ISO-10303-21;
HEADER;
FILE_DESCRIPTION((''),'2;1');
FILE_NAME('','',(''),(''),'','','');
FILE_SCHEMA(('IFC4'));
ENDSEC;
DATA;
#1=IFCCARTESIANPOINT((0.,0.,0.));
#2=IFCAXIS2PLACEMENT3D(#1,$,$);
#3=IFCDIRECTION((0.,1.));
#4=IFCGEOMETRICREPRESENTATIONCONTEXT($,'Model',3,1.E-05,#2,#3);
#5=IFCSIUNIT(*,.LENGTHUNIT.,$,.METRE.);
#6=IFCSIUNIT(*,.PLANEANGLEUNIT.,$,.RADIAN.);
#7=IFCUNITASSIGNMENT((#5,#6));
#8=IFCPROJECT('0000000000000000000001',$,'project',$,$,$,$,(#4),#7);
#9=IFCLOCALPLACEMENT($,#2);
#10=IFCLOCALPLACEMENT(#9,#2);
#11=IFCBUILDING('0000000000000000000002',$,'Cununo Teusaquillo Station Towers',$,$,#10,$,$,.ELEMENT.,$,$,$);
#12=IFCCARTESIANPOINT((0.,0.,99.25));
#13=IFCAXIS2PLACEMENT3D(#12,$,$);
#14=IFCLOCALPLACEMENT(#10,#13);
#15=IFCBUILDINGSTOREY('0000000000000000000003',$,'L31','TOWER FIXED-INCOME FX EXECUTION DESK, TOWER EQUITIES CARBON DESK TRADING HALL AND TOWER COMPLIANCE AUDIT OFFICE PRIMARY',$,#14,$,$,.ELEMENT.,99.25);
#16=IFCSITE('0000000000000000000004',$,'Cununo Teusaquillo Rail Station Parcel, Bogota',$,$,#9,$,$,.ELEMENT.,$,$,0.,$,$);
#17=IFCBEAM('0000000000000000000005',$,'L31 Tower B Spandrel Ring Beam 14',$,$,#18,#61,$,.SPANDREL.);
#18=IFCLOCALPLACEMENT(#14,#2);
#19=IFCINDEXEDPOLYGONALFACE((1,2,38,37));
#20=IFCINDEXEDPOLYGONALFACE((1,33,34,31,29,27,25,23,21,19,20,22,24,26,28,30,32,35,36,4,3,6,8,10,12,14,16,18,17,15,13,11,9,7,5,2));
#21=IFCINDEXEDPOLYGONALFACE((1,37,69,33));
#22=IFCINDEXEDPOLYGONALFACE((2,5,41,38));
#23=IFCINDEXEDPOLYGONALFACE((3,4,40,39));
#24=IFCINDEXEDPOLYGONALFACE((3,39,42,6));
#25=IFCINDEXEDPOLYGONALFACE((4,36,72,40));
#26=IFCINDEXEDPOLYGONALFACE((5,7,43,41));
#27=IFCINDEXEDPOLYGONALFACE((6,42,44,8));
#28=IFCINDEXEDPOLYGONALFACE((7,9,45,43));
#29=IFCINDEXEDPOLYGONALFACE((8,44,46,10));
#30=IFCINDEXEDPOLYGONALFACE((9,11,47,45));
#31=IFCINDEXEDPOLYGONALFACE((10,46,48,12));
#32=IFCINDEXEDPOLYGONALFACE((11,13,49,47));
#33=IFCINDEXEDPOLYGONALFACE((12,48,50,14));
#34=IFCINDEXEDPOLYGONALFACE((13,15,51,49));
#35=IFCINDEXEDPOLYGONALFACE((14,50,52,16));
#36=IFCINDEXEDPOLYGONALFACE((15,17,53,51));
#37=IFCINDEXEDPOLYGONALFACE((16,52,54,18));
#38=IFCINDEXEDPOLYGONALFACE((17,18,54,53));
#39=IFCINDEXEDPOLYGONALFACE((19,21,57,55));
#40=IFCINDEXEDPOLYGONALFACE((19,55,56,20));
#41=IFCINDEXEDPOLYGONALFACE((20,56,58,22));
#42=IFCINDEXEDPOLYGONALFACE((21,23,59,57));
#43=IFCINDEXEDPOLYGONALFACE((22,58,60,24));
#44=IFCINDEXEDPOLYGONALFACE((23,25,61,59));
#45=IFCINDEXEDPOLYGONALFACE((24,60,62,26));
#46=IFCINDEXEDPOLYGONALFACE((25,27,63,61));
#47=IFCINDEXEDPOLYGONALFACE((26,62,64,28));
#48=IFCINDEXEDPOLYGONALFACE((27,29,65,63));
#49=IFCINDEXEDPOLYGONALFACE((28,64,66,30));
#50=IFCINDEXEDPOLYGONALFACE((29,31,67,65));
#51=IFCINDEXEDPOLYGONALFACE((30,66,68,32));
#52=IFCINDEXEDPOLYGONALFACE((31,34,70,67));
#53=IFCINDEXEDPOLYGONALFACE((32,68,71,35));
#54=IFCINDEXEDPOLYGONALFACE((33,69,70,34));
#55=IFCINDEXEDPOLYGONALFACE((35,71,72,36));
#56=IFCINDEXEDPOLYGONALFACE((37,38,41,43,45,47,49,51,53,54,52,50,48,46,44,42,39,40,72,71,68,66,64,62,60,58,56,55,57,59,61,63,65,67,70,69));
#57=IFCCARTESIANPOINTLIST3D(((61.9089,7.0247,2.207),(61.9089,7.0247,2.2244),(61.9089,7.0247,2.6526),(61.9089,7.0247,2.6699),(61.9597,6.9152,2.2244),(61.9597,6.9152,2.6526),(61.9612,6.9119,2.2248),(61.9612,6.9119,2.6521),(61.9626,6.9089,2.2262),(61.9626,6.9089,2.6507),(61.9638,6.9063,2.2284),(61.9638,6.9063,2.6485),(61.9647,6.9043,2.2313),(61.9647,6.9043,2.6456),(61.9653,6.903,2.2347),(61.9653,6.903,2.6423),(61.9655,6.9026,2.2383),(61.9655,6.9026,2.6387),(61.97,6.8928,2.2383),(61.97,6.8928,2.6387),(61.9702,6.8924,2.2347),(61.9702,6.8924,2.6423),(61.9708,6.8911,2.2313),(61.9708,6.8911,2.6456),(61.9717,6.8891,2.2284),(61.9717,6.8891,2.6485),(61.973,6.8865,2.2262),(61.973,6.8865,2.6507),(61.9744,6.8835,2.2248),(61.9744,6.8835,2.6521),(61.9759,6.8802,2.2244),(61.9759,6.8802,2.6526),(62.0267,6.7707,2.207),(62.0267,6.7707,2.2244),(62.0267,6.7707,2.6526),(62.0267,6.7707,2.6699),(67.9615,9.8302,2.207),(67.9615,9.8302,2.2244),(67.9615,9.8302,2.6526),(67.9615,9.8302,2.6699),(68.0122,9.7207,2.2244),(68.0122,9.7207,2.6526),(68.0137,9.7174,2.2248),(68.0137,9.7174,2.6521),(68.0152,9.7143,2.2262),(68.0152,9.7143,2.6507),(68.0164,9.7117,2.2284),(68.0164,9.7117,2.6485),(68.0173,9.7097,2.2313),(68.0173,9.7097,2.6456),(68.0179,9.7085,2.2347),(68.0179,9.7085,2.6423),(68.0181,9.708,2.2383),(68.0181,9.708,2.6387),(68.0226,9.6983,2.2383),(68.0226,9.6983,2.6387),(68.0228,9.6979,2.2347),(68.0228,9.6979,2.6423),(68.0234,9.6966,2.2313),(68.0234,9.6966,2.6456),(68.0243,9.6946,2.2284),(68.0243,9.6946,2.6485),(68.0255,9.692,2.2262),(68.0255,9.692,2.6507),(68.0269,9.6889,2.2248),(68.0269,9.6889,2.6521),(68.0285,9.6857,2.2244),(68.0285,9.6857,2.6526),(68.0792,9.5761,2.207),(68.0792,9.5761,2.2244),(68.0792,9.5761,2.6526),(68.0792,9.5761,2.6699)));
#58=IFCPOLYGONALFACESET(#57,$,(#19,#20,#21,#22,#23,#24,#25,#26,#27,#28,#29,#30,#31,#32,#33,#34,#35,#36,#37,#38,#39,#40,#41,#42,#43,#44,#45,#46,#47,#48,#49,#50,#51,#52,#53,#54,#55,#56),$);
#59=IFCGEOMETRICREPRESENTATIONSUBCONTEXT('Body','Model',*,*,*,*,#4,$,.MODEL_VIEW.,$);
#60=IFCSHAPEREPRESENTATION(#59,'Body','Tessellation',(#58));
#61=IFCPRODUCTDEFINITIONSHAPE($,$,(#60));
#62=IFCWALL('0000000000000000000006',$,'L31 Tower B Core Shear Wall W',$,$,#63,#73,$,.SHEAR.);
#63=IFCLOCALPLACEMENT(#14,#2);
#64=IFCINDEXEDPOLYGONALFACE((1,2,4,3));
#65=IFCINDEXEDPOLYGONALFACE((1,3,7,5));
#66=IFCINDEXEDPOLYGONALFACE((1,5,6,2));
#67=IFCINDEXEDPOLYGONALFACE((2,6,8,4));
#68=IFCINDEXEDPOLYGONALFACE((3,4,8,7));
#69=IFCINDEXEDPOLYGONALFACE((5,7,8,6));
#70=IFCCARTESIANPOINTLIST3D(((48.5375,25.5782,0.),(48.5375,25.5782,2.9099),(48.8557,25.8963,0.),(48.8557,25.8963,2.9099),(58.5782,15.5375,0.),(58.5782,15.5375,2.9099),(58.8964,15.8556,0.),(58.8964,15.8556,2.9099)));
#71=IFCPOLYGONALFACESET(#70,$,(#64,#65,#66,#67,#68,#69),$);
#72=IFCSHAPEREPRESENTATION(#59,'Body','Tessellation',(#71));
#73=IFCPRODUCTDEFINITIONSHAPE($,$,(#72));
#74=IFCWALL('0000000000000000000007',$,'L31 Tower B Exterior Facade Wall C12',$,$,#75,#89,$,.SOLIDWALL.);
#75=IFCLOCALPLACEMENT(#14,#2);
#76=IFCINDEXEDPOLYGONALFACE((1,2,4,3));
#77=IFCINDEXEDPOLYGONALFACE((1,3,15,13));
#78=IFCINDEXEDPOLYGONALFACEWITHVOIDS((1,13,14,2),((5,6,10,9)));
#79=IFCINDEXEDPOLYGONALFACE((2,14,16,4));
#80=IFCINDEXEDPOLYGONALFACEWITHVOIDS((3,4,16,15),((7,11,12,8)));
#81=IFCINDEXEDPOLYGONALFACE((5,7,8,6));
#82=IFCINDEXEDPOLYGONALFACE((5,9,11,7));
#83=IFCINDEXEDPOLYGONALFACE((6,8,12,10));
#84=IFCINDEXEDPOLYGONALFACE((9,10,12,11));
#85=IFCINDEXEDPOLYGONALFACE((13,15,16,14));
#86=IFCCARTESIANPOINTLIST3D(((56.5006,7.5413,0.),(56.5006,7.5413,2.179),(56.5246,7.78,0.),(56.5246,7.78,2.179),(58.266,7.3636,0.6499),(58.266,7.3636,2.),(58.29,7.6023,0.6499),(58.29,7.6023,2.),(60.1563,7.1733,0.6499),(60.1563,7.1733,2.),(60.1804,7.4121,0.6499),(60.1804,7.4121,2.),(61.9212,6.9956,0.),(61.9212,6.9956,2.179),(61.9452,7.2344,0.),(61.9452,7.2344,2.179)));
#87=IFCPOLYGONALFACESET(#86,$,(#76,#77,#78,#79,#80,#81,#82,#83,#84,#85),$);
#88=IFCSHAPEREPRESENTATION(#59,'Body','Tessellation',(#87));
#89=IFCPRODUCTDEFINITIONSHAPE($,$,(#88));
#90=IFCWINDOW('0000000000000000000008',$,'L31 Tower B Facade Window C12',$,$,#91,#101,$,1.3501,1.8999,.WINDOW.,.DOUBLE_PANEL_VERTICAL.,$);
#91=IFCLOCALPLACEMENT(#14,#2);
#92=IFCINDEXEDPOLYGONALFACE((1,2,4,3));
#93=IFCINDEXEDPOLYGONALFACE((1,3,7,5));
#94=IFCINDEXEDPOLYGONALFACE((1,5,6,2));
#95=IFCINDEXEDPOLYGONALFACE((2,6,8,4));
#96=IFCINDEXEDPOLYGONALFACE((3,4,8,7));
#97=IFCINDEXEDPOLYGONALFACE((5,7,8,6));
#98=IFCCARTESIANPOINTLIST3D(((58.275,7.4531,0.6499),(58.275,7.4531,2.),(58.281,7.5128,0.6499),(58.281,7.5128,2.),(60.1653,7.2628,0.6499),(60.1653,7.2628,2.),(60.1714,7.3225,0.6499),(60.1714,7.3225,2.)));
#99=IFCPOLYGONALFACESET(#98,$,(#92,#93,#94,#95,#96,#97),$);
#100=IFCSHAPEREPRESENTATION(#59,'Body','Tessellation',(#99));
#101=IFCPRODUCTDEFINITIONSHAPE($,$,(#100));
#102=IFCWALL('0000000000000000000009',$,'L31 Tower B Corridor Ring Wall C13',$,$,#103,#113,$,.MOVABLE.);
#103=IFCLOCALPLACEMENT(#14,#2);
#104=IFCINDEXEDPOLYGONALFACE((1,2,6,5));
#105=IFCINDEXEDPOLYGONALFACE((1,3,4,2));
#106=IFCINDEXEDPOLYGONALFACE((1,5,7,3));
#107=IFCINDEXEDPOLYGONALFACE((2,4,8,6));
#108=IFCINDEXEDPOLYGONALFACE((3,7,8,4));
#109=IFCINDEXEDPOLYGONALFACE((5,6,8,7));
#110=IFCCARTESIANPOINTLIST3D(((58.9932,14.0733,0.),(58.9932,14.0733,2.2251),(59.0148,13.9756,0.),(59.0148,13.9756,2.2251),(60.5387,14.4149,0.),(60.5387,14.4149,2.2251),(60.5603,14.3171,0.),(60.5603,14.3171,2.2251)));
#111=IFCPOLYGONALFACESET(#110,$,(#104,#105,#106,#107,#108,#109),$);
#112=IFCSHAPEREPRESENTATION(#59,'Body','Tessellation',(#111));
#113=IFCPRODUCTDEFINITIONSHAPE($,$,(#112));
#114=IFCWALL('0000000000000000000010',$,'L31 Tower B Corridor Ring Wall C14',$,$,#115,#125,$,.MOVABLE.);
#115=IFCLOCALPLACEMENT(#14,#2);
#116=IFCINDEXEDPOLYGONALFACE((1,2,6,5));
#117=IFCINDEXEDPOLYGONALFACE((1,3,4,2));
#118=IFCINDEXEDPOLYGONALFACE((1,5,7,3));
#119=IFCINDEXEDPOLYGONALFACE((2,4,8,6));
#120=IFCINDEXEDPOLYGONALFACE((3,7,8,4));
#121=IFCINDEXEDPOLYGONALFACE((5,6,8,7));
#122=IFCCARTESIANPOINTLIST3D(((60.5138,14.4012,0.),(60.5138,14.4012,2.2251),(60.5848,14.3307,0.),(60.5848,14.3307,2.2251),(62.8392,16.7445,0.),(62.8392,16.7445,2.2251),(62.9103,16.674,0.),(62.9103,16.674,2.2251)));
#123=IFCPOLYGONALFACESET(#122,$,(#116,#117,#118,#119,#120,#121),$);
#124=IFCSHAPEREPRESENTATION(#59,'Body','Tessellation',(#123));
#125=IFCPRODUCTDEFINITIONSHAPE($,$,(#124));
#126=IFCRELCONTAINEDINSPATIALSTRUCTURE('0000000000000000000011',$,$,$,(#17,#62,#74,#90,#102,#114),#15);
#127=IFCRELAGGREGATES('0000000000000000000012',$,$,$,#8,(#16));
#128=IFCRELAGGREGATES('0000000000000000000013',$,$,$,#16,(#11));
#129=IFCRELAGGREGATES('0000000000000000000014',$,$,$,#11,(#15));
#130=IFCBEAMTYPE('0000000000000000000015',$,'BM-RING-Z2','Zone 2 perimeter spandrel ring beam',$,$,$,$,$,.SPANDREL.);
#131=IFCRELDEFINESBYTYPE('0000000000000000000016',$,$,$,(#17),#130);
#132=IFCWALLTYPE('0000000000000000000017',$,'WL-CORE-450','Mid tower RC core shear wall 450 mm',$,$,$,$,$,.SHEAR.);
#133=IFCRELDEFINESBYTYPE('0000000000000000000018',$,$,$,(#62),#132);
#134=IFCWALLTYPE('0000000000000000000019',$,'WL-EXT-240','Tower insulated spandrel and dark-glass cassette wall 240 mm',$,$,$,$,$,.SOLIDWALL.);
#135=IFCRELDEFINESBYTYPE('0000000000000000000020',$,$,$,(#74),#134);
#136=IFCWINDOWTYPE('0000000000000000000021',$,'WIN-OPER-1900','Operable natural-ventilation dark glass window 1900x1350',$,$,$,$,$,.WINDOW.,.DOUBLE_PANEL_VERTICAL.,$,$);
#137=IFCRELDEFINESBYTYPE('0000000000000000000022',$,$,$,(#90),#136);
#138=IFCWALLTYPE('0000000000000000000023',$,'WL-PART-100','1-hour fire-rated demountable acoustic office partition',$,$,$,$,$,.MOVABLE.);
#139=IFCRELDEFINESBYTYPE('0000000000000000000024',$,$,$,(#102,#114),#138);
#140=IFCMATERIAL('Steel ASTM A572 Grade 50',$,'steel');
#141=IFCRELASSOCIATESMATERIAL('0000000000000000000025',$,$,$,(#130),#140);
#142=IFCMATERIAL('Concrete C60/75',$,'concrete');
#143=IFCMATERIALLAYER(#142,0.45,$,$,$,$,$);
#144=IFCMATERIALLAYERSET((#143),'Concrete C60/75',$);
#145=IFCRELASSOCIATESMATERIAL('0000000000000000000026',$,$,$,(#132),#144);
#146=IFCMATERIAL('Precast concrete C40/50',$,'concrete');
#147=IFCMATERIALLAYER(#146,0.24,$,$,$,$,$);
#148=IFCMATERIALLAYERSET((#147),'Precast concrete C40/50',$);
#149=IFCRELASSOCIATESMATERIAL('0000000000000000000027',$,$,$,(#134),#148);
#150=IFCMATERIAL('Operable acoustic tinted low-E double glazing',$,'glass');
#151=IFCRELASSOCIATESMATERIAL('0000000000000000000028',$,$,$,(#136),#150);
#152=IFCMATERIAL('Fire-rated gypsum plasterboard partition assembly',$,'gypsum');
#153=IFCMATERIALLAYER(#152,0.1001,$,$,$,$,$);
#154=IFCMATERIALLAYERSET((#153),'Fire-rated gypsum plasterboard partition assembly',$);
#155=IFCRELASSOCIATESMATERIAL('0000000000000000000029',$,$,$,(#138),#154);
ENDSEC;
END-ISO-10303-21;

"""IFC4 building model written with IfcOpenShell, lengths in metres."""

from ifc_helpers import new_model, si_unit, direction, frame, frame_2d, origin, origin_2d, place, context, subcontext, project, spatial, rectangle, i_section, extrude, source, transform, mapped, material, layer, layer_set, material_profile, profile_set, type_object, element, fill, save


model = new_model("IFC4")

# Units and contexts
model_context = context("Model", 3, precision=1e-05, world=origin(), true_north=direction((0.0, 1.0)))
body_context = subcontext(model_context, "Body", "Model", "MODEL_VIEW")
ifc_project = project(units=[si_unit("LENGTHUNIT", "METRE"), si_unit("PLANEANGLEUNIT", "RADIAN")], contexts=[model_context])

# Site, building, storey
site_placement = place(None, origin())
site = spatial("IfcSite", under=ifc_project, at=site_placement, Name="Cununo Teusaquillo Rail Station Parcel, Bogota", CompositionType="ELEMENT", RefElevation=0.0)
building_placement = place(site_placement, origin())
building = spatial("IfcBuilding", under=site, at=building_placement, Name="Cununo Teusaquillo Station Towers", CompositionType="ELEMENT")
storey_placement = place(building_placement, frame((0.0, 0.0, 99.25)))
storey = spatial("IfcBuildingStorey", under=building, at=storey_placement, Name="L31", Description="TOWER FIXED-INCOME FX EXECUTION DESK, TOWER EQUITIES CARBON DESK TRADING HALL AND TOWER COMPLIANCE AUDIT OFFICE PRIMARY", CompositionType="ELEMENT", Elevation=99.25)

# Beam
ifc_material_1 = material(Name="Steel ASTM A572 Grade 50", Category="steel")
ifc_material_profile_1 = material_profile(ifc_material_1, i_section(OverallWidth=0.28, OverallDepth=0.4629, WebThickness=0.0107, FlangeThickness=0.0173, FilletRadius=0.0139, at=origin_2d()), Name="W18X76")
ifc_profile_set_1 = profile_set([ifc_material_profile_1], Name="Steel ASTM A572 Grade 50")
beam_type_1 = type_object("IfcBeamType", Name="BM-RING-Z2", Description="Zone 2 perimeter spandrel ring beam", PredefinedType="SPANDREL", material=ifc_profile_set_1)
beam_1_placement = place(storey_placement, frame((61.9678, 6.8977, 2.4385), z_axis=(0.907276, 0.420536, 0.0), x_axis=(-0.420536, 0.907276, 0.0)))
element("IfcBeam", 1, at=beam_1_placement, inside=storey, type_object=beam_type_1, Name="L31 Tower B Spandrel Ring Beam 14", PredefinedType="SPANDREL", context=body_context, shape_type="SweptSolid", body=[
    extrude(i_section(OverallWidth=0.28, OverallDepth=0.4629, WebThickness=0.0107, FlangeThickness=0.0173, FilletRadius=0.0139, at=origin_2d()), origin(), (0.0, 0.0, 1.0), 6.6711),
])

# Wall
ifc_material_2 = material(Name="Concrete C60/75", Category="concrete")
ifc_layer_1 = layer(ifc_material_2, 0.45)
ifc_layer_set_1 = layer_set([ifc_layer_1], Name="Concrete C60/75")
wall_type_1 = type_object("IfcWallType", Name="WL-CORE-450", Description="Mid tower RC core shear wall 450 mm", PredefinedType="SHEAR", material=ifc_layer_set_1)
wall_1_placement = place(storey_placement, frame((58.7373, 15.6965, 0.0), z_axis=(0.0, 0.0, 1.0), x_axis=(-0.707107, 0.707107, 0.0)))
element("IfcWall", 2, at=wall_1_placement, inside=storey, type_object=wall_type_1, Name="L31 Tower B Core Shear Wall W", PredefinedType="SHEAR", context=body_context, shape_type="SweptSolid", body=[
    extrude(rectangle(XDim=14.1997, YDim=0.45, at=frame_2d((7.0999, 0.0))), origin(), (0.0, 0.0, 1.0), 2.9099),
])

# Wall, opening, window
ifc_material_3 = material(Name="Precast concrete C40/50", Category="concrete")
ifc_layer_2 = layer(ifc_material_3, 0.24)
ifc_layer_set_2 = layer_set([ifc_layer_2], Name="Precast concrete C40/50")
wall_type_2 = type_object("IfcWallType", Name="WL-EXT-240", Description="Tower insulated spandrel and dark-glass cassette wall 240 mm", PredefinedType="SOLIDWALL", material=ifc_layer_set_2)
wall_2_placement = place(storey_placement, frame((61.9333, 7.115, 0.0), z_axis=(0.0, 0.0, 1.0), x_axis=(-0.994972, 0.100156, 0.0)))
wall_2 = element("IfcWall", 3, at=wall_2_placement, inside=storey, type_object=wall_type_2, Name="L31 Tower B Exterior Facade Wall C12", PredefinedType="SOLIDWALL", context=body_context, shape_type="SweptSolid", body=[
    extrude(rectangle(XDim=5.448, YDim=0.24, at=frame_2d((2.7241, 0.0))), origin(), (0.0, 0.0, 1.0), 2.179),
])
shared_shape_1 = source(origin(), body_context, "Body", "SweptSolid", [
    extrude(rectangle(XDim=1.8999, YDim=1.3501, at=frame_2d((0.95, 0.675))), frame((0.0, 0.1299, 0.0), z_axis=(0.0, -1.0, 0.0), x_axis=(1.0, 0.0, 0.0)), (0.0, 0.0, 1.0), 0.26),
])
opening_placement = place(wall_2_placement, frame((1.7739, 0.0, 0.6499)))
opening = element("IfcOpeningElement", 4, at=opening_placement, cuts=wall_2, PredefinedType="OPENING", context=body_context, shape_type="MappedRepresentation", body=[
    mapped(shared_shape_1, transform((0.0, 0.0, 0.0), x_axis=(1.0, 0.0, 0.0), y_axis=(0.0, 1.0, 0.0), z_axis=(0.0, 0.0, 1.0), scale=1.0)),
])
ifc_material_4 = material(Name="Operable acoustic tinted low-E double glazing", Category="glass")
window_type = type_object("IfcWindowType", Name="WIN-OPER-1900", Description="Operable natural-ventilation dark glass window 1900x1350", PartitioningType="DOUBLE_PANEL_VERTICAL", PredefinedType="WINDOW", material=ifc_material_4)
shared_shape_2 = source(origin(), body_context, "Body", "SweptSolid", [
    extrude(rectangle(XDim=1.8999, YDim=1.3501, at=frame_2d((0.95, 0.675))), frame((0.0, 0.03, 0.0), z_axis=(0.0, -1.0, 0.0), x_axis=(1.0, 0.0, 0.0)), (0.0, 0.0, 1.0), 0.0601),
])
window_placement = place(opening_placement, origin())
window = element("IfcWindow", 5, at=window_placement, inside=storey, type_object=window_type, Name="L31 Tower B Facade Window C12", OverallHeight=1.3501, OverallWidth=1.8999, PartitioningType="DOUBLE_PANEL_VERTICAL", PredefinedType="WINDOW", context=body_context, shape_type="MappedRepresentation", body=[
    mapped(shared_shape_2, transform((0.0, 0.0, 0.0), x_axis=(1.0, 0.0, 0.0), y_axis=(0.0, 1.0, 0.0), z_axis=(0.0, 0.0, 1.0), scale=1.0)),
])
fill(opening, window)

# Walls
ifc_material_5 = material(Name="Fire-rated gypsum plasterboard partition assembly", Category="gypsum")
ifc_layer_3 = layer(ifc_material_5, 0.1001)
ifc_layer_set_3 = layer_set([ifc_layer_3], Name="Fire-rated gypsum plasterboard partition assembly")
wall_type_3 = type_object("IfcWallType", Name="WL-PART-100", Description="1-hour fire-rated demountable acoustic office partition", PredefinedType="MOVABLE", material=ifc_layer_set_3)
wall_3_placement = place(storey_placement, frame((59.0039, 14.0244, 0.0), z_axis=(0.0, 0.0, 1.0), x_axis=(0.976437, 0.215803, 0.0)))
element("IfcWall", 6, at=wall_3_placement, inside=storey, type_object=wall_type_3, Name="L31 Tower B Corridor Ring Wall C13", PredefinedType="MOVABLE", context=body_context, shape_type="SweptSolid", body=[
    extrude(rectangle(XDim=1.5828, YDim=0.1001, at=frame_2d((0.7915, 0.0))), origin(), (0.0, 0.0, 1.0), 2.2251),
])
wall_4_placement = place(storey_placement, frame((60.5493, 14.366, 0.0), z_axis=(0.0, 0.0, 1.0), x_axis=(0.704402, 0.709801, 0.0)))
element("IfcWall", 7, at=wall_4_placement, inside=storey, type_object=wall_type_3, Name="L31 Tower B Corridor Ring Wall C14", PredefinedType="MOVABLE", context=body_context, shape_type="SweptSolid", body=[
    extrude(rectangle(XDim=3.3013, YDim=0.1001, at=frame_2d((1.6506, 0.0))), origin(), (0.0, 0.0, 1.0), 2.2251),
])

save(model, "model.ifc")
